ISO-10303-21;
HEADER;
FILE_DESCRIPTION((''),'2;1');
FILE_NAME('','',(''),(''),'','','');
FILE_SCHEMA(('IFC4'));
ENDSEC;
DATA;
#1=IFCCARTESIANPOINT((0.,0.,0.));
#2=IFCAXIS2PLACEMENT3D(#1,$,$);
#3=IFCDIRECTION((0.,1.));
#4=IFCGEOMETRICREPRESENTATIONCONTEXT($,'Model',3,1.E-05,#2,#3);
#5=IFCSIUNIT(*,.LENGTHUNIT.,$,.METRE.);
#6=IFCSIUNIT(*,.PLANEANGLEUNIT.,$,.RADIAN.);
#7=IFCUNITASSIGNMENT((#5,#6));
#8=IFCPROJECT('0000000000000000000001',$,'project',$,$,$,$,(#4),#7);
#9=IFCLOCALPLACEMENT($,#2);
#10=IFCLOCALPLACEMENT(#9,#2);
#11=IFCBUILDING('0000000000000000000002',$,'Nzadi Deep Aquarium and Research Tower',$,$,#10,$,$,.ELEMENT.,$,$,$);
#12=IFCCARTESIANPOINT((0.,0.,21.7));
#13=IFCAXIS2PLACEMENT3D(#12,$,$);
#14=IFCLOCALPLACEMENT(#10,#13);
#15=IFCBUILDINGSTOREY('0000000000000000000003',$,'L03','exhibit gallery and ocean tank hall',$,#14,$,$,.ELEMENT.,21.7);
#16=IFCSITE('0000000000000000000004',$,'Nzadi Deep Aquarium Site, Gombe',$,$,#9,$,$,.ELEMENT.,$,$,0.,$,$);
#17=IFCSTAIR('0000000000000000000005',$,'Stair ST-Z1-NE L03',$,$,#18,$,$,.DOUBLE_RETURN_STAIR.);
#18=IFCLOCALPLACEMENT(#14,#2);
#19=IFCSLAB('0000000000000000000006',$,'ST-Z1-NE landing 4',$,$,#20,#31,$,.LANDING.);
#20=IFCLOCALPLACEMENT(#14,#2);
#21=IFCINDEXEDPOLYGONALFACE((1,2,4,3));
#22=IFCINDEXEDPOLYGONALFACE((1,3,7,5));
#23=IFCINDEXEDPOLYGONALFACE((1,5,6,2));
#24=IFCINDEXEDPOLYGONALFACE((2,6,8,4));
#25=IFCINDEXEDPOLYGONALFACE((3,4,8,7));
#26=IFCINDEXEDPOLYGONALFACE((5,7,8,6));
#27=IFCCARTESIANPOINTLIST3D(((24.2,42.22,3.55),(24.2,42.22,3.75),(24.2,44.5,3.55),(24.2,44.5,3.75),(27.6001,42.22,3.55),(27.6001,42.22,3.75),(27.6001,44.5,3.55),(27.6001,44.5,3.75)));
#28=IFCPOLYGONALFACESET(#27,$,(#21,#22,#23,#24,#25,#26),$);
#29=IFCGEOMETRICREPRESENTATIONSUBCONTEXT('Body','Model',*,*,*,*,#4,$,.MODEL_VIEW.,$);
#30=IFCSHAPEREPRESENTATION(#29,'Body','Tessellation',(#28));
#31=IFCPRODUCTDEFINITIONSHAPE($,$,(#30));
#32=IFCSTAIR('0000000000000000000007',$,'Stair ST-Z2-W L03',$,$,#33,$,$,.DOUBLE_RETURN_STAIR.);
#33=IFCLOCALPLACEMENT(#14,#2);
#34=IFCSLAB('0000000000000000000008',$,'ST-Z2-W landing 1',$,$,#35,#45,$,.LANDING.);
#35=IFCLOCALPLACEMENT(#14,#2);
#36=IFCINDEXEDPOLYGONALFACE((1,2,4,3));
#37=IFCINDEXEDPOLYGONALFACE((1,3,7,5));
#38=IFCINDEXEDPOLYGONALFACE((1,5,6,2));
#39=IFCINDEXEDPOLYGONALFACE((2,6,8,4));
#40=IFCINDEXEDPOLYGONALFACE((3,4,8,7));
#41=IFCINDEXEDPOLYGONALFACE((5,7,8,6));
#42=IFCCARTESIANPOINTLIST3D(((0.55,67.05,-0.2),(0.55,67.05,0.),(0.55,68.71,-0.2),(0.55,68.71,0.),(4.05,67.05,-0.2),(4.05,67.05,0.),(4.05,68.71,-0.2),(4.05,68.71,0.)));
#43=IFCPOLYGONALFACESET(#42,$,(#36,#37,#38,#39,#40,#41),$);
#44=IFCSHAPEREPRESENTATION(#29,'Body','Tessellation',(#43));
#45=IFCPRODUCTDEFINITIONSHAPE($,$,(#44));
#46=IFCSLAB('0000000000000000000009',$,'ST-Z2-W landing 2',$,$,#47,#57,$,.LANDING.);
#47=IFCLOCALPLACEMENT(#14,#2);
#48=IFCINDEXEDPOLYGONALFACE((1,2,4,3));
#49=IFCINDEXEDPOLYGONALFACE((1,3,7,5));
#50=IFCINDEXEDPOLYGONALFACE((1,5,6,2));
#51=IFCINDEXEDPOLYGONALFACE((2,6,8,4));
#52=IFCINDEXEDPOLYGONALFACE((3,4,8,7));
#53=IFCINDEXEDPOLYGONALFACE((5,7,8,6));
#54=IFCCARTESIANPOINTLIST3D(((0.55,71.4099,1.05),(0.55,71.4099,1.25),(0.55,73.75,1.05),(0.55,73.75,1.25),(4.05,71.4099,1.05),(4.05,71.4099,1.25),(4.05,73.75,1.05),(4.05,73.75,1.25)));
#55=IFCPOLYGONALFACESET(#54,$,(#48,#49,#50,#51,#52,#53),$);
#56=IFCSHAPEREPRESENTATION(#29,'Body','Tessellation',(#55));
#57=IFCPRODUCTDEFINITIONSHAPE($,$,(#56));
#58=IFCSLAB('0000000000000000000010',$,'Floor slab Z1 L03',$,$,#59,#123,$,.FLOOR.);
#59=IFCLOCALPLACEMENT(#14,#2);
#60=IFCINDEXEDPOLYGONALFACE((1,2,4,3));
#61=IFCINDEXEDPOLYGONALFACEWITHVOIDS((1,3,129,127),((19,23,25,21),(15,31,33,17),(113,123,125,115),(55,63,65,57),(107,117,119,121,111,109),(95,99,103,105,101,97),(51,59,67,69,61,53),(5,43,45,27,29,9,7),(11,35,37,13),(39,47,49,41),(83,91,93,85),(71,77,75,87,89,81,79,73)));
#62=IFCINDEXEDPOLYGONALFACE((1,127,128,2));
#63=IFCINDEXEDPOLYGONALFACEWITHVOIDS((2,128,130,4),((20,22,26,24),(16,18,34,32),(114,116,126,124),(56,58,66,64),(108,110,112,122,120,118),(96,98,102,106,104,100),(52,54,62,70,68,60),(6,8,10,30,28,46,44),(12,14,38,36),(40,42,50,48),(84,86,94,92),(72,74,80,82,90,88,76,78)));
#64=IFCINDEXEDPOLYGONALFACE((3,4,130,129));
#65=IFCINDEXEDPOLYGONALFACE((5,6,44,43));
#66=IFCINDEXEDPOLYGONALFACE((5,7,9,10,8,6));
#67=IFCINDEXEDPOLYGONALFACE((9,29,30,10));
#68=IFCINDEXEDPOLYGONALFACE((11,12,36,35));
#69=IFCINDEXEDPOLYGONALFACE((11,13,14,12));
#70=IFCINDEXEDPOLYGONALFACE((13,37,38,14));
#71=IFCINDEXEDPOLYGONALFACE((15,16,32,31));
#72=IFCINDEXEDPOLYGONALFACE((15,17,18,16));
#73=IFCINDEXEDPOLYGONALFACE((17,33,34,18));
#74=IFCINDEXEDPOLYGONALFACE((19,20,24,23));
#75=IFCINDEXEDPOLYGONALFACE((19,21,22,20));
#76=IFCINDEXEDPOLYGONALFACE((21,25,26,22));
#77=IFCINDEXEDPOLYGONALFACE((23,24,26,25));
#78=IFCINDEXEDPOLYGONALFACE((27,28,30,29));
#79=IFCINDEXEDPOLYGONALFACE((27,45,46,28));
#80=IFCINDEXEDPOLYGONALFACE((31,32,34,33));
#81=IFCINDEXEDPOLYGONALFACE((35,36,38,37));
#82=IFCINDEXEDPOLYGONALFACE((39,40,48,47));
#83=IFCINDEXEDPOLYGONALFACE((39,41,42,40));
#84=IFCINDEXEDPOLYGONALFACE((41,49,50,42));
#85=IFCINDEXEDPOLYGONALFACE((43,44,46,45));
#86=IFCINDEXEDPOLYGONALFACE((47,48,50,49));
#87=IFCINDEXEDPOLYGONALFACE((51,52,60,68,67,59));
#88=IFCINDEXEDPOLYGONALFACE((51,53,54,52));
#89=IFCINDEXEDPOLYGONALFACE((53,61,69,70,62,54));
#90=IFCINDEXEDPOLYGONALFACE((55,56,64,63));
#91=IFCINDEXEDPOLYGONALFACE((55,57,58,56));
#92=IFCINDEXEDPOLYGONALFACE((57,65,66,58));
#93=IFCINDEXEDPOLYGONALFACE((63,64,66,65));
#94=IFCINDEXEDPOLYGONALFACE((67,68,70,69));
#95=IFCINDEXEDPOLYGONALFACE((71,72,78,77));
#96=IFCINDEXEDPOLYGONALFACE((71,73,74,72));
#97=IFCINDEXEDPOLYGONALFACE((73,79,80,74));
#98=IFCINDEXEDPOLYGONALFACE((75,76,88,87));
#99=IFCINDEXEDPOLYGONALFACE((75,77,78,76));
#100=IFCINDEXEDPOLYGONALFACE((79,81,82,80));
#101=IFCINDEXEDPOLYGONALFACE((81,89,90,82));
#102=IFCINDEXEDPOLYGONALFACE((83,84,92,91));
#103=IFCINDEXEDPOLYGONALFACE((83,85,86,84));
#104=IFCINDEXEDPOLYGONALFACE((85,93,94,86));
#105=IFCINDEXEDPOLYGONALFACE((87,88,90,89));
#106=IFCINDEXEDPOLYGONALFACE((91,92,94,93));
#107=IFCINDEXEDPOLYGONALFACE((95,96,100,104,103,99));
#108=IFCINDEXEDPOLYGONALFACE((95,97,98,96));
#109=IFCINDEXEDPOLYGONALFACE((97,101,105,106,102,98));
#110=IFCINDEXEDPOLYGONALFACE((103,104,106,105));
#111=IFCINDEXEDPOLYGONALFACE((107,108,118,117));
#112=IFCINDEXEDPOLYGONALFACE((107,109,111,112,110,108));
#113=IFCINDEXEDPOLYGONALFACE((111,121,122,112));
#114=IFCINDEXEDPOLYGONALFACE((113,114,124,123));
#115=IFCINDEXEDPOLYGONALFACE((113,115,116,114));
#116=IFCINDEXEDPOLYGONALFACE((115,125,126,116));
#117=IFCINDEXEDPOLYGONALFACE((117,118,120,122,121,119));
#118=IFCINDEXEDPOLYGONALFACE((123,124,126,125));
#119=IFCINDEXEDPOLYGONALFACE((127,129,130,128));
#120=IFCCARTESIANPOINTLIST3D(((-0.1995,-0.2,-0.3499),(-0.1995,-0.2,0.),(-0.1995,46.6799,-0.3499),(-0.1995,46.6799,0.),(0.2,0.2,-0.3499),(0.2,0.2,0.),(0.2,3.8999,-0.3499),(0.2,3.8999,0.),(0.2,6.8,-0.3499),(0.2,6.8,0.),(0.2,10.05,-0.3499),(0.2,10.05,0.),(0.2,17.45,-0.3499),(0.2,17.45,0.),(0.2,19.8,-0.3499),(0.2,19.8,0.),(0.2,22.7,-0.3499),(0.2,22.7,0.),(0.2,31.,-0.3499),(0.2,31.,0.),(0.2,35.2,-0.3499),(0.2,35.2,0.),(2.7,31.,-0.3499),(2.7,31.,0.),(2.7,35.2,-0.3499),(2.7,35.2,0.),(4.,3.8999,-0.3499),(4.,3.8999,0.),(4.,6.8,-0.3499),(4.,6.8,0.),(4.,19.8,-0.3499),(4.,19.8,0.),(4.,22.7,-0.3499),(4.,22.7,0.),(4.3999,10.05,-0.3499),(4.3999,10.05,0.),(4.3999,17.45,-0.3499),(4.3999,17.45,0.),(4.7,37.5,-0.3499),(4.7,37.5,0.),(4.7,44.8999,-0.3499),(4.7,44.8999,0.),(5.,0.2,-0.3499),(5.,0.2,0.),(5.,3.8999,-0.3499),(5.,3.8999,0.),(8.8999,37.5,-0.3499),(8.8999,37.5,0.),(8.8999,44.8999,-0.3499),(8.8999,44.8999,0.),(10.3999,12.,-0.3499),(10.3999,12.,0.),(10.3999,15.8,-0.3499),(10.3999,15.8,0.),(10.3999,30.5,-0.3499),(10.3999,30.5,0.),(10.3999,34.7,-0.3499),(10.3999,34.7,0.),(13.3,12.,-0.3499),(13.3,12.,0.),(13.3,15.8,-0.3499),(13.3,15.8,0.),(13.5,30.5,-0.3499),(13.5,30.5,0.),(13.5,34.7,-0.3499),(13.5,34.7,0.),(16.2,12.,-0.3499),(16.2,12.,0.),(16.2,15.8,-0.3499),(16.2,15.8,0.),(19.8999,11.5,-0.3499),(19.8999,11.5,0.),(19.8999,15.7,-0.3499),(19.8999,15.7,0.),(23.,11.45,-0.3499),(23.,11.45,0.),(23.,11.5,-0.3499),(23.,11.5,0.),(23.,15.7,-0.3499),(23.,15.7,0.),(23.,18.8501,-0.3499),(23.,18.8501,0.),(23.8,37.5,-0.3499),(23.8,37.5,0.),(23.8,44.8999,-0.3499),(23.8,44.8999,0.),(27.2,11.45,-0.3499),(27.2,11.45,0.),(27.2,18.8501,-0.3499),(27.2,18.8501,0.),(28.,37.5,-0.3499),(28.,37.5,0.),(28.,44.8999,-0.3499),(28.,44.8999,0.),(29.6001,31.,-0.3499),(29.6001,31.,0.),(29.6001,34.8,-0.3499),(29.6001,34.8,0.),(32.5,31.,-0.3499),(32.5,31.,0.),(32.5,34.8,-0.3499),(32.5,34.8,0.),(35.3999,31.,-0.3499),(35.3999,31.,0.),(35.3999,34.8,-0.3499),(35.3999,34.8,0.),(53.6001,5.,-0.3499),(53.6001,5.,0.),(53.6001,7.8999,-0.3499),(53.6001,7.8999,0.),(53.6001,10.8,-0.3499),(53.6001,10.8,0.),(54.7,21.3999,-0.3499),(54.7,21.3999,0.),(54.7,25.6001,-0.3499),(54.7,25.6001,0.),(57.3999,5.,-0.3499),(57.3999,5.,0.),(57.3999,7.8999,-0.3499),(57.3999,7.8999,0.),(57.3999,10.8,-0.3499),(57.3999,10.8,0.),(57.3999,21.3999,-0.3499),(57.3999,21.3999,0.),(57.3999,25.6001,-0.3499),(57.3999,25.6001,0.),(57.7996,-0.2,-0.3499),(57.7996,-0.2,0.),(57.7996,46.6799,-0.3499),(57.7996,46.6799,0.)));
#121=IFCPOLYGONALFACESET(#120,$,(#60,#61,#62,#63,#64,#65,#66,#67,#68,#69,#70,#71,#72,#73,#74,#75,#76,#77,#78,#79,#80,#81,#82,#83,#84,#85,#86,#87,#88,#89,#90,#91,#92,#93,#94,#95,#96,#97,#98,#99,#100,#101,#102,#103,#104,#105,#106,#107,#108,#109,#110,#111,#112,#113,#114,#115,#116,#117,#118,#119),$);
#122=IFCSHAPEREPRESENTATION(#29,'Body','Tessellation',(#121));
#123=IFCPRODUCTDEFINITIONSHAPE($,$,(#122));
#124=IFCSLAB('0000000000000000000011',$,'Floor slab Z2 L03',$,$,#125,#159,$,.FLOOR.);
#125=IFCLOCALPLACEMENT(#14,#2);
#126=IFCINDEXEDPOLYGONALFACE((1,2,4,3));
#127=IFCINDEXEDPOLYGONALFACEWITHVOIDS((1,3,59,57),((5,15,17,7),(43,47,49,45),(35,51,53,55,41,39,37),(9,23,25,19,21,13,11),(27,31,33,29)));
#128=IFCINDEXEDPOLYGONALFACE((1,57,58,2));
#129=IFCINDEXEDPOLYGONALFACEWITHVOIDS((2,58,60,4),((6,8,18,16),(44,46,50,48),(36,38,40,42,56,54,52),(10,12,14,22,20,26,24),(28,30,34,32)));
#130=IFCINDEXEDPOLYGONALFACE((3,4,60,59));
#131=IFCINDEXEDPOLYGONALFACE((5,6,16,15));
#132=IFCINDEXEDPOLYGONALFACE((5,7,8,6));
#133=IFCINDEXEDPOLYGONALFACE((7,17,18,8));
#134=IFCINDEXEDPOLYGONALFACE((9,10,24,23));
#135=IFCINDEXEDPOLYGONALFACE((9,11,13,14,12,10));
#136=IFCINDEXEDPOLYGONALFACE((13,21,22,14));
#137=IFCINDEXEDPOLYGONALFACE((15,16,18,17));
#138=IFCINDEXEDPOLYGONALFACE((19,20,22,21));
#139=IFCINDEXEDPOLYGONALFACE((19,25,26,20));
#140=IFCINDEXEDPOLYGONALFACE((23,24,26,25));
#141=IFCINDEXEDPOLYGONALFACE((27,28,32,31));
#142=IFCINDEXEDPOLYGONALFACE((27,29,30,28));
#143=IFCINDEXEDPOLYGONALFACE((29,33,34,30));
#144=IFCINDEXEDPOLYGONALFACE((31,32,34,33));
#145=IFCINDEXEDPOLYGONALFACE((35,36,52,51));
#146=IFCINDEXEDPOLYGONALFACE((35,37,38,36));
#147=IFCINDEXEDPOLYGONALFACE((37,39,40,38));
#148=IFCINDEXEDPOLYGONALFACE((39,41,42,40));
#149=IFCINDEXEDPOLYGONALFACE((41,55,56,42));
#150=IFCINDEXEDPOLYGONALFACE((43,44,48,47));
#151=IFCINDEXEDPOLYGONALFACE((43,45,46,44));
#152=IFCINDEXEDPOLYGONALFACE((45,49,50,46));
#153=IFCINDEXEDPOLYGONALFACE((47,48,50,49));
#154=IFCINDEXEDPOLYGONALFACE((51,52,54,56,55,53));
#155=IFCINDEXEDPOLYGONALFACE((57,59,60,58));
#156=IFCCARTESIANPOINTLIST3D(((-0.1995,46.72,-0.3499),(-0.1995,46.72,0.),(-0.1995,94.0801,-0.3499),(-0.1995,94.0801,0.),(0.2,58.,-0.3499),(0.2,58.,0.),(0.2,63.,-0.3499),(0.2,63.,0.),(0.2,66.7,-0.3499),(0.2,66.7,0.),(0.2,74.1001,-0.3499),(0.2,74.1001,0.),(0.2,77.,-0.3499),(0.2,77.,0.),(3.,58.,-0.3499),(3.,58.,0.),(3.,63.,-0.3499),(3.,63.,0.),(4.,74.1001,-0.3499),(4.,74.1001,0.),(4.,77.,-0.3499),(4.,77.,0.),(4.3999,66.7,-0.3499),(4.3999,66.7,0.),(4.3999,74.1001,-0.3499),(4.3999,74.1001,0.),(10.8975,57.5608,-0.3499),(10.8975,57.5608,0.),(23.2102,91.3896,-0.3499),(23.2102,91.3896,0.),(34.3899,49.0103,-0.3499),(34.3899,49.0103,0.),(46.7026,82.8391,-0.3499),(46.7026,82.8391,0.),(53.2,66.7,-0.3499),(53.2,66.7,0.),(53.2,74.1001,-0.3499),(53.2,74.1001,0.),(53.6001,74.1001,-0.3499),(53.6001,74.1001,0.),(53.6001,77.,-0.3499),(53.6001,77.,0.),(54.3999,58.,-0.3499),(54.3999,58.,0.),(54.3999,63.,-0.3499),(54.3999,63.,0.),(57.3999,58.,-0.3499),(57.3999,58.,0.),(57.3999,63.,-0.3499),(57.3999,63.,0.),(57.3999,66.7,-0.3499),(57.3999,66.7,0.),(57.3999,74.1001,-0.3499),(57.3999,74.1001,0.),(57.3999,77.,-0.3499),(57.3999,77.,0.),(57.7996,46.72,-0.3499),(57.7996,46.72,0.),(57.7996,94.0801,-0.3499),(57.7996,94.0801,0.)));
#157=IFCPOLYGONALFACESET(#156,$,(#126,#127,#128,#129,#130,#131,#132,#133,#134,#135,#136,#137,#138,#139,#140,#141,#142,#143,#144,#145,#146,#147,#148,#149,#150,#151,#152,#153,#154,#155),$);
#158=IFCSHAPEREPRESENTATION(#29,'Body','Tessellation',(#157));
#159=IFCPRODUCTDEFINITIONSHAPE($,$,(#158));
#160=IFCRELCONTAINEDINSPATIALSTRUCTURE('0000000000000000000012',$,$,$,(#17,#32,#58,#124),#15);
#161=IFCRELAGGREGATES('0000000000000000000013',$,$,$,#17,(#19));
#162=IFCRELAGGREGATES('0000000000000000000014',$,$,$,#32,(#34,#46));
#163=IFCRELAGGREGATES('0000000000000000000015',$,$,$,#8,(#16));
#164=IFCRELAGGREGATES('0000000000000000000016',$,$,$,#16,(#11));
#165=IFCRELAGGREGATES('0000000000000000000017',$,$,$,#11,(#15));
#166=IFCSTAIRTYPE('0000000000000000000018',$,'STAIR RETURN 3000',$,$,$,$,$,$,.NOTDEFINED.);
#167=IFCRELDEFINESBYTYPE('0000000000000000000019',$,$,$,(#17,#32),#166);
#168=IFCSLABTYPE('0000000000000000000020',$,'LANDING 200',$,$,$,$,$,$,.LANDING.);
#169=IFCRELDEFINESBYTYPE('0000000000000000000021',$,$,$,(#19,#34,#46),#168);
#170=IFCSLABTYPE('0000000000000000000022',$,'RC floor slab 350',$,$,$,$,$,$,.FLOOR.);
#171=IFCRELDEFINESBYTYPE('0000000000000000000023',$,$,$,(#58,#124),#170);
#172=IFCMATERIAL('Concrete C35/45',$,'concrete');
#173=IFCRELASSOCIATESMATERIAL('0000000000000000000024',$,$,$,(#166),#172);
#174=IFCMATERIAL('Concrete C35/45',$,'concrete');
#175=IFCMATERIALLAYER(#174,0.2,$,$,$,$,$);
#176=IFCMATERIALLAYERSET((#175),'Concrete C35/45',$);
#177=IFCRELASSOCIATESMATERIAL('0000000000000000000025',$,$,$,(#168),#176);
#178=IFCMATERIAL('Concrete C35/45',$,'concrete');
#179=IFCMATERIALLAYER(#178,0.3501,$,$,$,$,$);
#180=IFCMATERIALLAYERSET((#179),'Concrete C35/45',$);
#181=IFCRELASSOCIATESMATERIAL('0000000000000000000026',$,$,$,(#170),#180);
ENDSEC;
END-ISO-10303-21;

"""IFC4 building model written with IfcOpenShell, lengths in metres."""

from ifc_helpers import new_model, si_unit, direction, frame, origin, place, context, subcontext, project, spatial, polyline, outline, extrude, material, layer, layer_set, type_object, element, aggregate, save


model = new_model("IFC4")

# Units and contexts
model_context = context("Model", 3, precision=1e-05, world=origin(), true_north=direction((0.0, 1.0)))
body_context = subcontext(model_context, "Body", "Model", "MODEL_VIEW")
ifc_project = project(units=[si_unit("LENGTHUNIT", "METRE"), si_unit("PLANEANGLEUNIT", "RADIAN")], contexts=[model_context])

# Site, building, storey
site_placement = place(None, origin())
site = spatial("IfcSite", under=ifc_project, at=site_placement, Name="Nzadi Deep Aquarium Site, Gombe", CompositionType="ELEMENT", RefElevation=0.0)
building_placement = place(site_placement, origin())
building = spatial("IfcBuilding", under=site, at=building_placement, Name="Nzadi Deep Aquarium and Research Tower", CompositionType="ELEMENT")
storey_placement = place(building_placement, frame((0.0, 0.0, 21.7)))
storey = spatial("IfcBuildingStorey", under=building, at=storey_placement, Name="L03", Description="exhibit gallery and ocean tank hall", CompositionType="ELEMENT", Elevation=21.7)

# Stairs, slabs
ifc_material_1 = material(Name="Concrete C35/45", Category="concrete")
stair_type = type_object("IfcStairType", Name="STAIR RETURN 3000", PredefinedType="NOTDEFINED", material=ifc_material_1)
ifc_material_2 = material(Name="Concrete C35/45", Category="concrete")
ifc_layer_1 = layer(ifc_material_2, 0.2)
ifc_layer_set_1 = layer_set([ifc_layer_1], Name="Concrete C35/45")
slab_type_1 = type_object("IfcSlabType", Name="LANDING 200", PredefinedType="LANDING", material=ifc_layer_set_1)
stair_1_placement = place(storey_placement, origin())
stair_1 = element("IfcStair", 1, at=stair_1_placement, inside=storey, type_object=stair_type, Name="Stair ST-Z1-NE L03", PredefinedType="DOUBLE_RETURN_STAIR")
slab_1_placement = place(storey_placement, frame((0.0, 0.0, 3.55)))
slab_1 = element("IfcSlab", 2, at=slab_1_placement, type_object=slab_type_1, Name="ST-Z1-NE landing 4", PredefinedType="LANDING", context=body_context, shape_type="SweptSolid", body=[
    extrude(outline(polyline([(24.2, 42.22), (27.6001, 42.22), (27.6001, 44.5), (24.2, 44.5), (24.2, 42.22)])), origin(), (0.0, 0.0, 1.0), 0.2),
])
aggregate(stair_1, [slab_1])
stair_2_placement = place(storey_placement, origin())
stair_2 = element("IfcStair", 3, at=stair_2_placement, inside=storey, type_object=stair_type, Name="Stair ST-Z2-W L03", PredefinedType="DOUBLE_RETURN_STAIR")
slab_2_placement = place(storey_placement, frame((0.0, 0.0, -0.2)))
slab_2 = element("IfcSlab", 4, at=slab_2_placement, type_object=slab_type_1, Name="ST-Z2-W landing 1", PredefinedType="LANDING", context=body_context, shape_type="SweptSolid", body=[
    extrude(outline(polyline([(0.55, 67.05), (4.05, 67.05), (4.05, 68.71), (0.55, 68.71), (0.55, 67.05)])), origin(), (0.0, 0.0, 1.0), 0.2),
])
slab_3_placement = place(storey_placement, frame((0.0, 0.0, 1.05)))
slab_3 = element("IfcSlab", 5, at=slab_3_placement, type_object=slab_type_1, Name="ST-Z2-W landing 2", PredefinedType="LANDING", context=body_context, shape_type="SweptSolid", body=[
    extrude(outline(polyline([(0.55, 71.4099), (4.05, 71.4099), (4.05, 73.75), (0.55, 73.75), (0.55, 71.4099)])), origin(), (0.0, 0.0, 1.0), 0.2),
])
aggregate(stair_2, [slab_2, slab_3])

# Slabs
ifc_material_3 = material(Name="Concrete C35/45", Category="concrete")
ifc_layer_2 = layer(ifc_material_3, 0.3501)
ifc_layer_set_2 = layer_set([ifc_layer_2], Name="Concrete C35/45")
slab_type_2 = type_object("IfcSlabType", Name="RC floor slab 350", PredefinedType="FLOOR", material=ifc_layer_set_2)
slab_4_placement = place(storey_placement, frame((0.0, 0.0, -0.3499)))
element("IfcSlab", 6, at=slab_4_placement, inside=storey, type_object=slab_type_2, Name="Floor slab Z1 L03", PredefinedType="FLOOR", context=body_context, shape_type="SweptSolid", body=[
    extrude(outline(polyline([(-0.1995, -0.2), (57.7996, -0.2), (57.7996, 46.6799), (-0.1995, 46.6799), (-0.1995, -0.2)]), holes=[polyline([(4.3999, 17.45), (4.3999, 10.05), (0.2, 10.05), (0.2, 17.45), (4.3999, 17.45)]), polyline([(19.8999, 15.7), (23.0, 15.7), (23.0, 18.8501), (27.2, 18.8501), (27.2, 11.45), (23.0, 11.45), (23.0, 11.5), (19.8999, 11.5), (19.8999, 15.7)]), polyline([(4.7, 37.5), (4.7, 44.8999), (8.8999, 44.8999), (8.8999, 37.5), (4.7, 37.5)]), polyline([(23.8, 44.8999), (28.0, 44.8999), (28.0, 37.5), (23.8, 37.5), (23.8, 44.8999)]), polyline([(0.2, 0.2), (0.2, 3.8999), (0.2, 6.8), (4.0, 6.8), (4.0, 3.8999), (5.0, 3.8999), (5.0, 0.2), (0.2, 0.2)]), polyline([(0.2, 19.8), (0.2, 22.7), (4.0, 22.7), (4.0, 19.8), (0.2, 19.8)]), polyline([(57.3999, 7.8999), (57.3999, 5.0), (53.6001, 5.0), (53.6001, 7.8999), (53.6001, 10.8), (57.3999, 10.8), (57.3999, 7.8999)]), polyline([(2.7, 31.0), (0.2, 31.0), (0.2, 35.2), (2.7, 35.2), (2.7, 31.0)]), polyline([(54.7, 21.3999), (54.7, 25.6001), (57.3999, 25.6001), (57.3999, 21.3999), (54.7, 21.3999)]), polyline([(16.2, 15.8), (16.2, 12.0), (13.3, 12.0), (10.3999, 12.0), (10.3999, 15.8), (13.3, 15.8), (16.2, 15.8)]), polyline([(10.3999, 30.5), (10.3999, 34.7), (13.5, 34.7), (13.5, 30.5), (10.3999, 30.5)]), polyline([(29.6001, 34.8), (32.5, 34.8), (35.3999, 34.8), (35.3999, 31.0), (32.5, 31.0), (29.6001, 31.0), (29.6001, 34.8)])]), origin(), (0.0, 0.0, 1.0), 0.3499),
])
slab_5_placement = place(storey_placement, frame((0.0, 0.0, -0.3499)))
element("IfcSlab", 7, at=slab_5_placement, inside=storey, type_object=slab_type_2, Name="Floor slab Z2 L03", PredefinedType="FLOOR", context=body_context, shape_type="SweptSolid", body=[
    extrude(outline(polyline([(57.7996, 94.0801), (-0.1995, 94.0801), (-0.1995, 46.72), (57.7996, 46.72), (57.7996, 94.0801)]), holes=[polyline([(4.0, 77.0), (4.0, 74.1001), (4.3999, 74.1001), (4.3999, 66.7), (0.2, 66.7), (0.2, 74.1001), (0.2, 77.0), (4.0, 77.0)]), polyline([(57.3999, 77.0), (57.3999, 74.1001), (57.3999, 66.7), (53.2, 66.7), (53.2, 74.1001), (53.6001, 74.1001), (53.6001, 77.0), (57.3999, 77.0)]), polyline([(0.2, 58.0), (0.2, 63.0), (3.0, 63.0), (3.0, 58.0), (0.2, 58.0)]), polyline([(54.3999, 63.0), (57.3999, 63.0), (57.3999, 58.0), (54.3999, 58.0), (54.3999, 63.0)]), polyline([(34.3899, 49.0103), (10.8975, 57.5608), (23.2102, 91.3896), (46.7026, 82.8391), (34.3899, 49.0103)])]), origin(), (0.0, 0.0, 1.0), 0.3499),
])

save(model, "model.ifc")
